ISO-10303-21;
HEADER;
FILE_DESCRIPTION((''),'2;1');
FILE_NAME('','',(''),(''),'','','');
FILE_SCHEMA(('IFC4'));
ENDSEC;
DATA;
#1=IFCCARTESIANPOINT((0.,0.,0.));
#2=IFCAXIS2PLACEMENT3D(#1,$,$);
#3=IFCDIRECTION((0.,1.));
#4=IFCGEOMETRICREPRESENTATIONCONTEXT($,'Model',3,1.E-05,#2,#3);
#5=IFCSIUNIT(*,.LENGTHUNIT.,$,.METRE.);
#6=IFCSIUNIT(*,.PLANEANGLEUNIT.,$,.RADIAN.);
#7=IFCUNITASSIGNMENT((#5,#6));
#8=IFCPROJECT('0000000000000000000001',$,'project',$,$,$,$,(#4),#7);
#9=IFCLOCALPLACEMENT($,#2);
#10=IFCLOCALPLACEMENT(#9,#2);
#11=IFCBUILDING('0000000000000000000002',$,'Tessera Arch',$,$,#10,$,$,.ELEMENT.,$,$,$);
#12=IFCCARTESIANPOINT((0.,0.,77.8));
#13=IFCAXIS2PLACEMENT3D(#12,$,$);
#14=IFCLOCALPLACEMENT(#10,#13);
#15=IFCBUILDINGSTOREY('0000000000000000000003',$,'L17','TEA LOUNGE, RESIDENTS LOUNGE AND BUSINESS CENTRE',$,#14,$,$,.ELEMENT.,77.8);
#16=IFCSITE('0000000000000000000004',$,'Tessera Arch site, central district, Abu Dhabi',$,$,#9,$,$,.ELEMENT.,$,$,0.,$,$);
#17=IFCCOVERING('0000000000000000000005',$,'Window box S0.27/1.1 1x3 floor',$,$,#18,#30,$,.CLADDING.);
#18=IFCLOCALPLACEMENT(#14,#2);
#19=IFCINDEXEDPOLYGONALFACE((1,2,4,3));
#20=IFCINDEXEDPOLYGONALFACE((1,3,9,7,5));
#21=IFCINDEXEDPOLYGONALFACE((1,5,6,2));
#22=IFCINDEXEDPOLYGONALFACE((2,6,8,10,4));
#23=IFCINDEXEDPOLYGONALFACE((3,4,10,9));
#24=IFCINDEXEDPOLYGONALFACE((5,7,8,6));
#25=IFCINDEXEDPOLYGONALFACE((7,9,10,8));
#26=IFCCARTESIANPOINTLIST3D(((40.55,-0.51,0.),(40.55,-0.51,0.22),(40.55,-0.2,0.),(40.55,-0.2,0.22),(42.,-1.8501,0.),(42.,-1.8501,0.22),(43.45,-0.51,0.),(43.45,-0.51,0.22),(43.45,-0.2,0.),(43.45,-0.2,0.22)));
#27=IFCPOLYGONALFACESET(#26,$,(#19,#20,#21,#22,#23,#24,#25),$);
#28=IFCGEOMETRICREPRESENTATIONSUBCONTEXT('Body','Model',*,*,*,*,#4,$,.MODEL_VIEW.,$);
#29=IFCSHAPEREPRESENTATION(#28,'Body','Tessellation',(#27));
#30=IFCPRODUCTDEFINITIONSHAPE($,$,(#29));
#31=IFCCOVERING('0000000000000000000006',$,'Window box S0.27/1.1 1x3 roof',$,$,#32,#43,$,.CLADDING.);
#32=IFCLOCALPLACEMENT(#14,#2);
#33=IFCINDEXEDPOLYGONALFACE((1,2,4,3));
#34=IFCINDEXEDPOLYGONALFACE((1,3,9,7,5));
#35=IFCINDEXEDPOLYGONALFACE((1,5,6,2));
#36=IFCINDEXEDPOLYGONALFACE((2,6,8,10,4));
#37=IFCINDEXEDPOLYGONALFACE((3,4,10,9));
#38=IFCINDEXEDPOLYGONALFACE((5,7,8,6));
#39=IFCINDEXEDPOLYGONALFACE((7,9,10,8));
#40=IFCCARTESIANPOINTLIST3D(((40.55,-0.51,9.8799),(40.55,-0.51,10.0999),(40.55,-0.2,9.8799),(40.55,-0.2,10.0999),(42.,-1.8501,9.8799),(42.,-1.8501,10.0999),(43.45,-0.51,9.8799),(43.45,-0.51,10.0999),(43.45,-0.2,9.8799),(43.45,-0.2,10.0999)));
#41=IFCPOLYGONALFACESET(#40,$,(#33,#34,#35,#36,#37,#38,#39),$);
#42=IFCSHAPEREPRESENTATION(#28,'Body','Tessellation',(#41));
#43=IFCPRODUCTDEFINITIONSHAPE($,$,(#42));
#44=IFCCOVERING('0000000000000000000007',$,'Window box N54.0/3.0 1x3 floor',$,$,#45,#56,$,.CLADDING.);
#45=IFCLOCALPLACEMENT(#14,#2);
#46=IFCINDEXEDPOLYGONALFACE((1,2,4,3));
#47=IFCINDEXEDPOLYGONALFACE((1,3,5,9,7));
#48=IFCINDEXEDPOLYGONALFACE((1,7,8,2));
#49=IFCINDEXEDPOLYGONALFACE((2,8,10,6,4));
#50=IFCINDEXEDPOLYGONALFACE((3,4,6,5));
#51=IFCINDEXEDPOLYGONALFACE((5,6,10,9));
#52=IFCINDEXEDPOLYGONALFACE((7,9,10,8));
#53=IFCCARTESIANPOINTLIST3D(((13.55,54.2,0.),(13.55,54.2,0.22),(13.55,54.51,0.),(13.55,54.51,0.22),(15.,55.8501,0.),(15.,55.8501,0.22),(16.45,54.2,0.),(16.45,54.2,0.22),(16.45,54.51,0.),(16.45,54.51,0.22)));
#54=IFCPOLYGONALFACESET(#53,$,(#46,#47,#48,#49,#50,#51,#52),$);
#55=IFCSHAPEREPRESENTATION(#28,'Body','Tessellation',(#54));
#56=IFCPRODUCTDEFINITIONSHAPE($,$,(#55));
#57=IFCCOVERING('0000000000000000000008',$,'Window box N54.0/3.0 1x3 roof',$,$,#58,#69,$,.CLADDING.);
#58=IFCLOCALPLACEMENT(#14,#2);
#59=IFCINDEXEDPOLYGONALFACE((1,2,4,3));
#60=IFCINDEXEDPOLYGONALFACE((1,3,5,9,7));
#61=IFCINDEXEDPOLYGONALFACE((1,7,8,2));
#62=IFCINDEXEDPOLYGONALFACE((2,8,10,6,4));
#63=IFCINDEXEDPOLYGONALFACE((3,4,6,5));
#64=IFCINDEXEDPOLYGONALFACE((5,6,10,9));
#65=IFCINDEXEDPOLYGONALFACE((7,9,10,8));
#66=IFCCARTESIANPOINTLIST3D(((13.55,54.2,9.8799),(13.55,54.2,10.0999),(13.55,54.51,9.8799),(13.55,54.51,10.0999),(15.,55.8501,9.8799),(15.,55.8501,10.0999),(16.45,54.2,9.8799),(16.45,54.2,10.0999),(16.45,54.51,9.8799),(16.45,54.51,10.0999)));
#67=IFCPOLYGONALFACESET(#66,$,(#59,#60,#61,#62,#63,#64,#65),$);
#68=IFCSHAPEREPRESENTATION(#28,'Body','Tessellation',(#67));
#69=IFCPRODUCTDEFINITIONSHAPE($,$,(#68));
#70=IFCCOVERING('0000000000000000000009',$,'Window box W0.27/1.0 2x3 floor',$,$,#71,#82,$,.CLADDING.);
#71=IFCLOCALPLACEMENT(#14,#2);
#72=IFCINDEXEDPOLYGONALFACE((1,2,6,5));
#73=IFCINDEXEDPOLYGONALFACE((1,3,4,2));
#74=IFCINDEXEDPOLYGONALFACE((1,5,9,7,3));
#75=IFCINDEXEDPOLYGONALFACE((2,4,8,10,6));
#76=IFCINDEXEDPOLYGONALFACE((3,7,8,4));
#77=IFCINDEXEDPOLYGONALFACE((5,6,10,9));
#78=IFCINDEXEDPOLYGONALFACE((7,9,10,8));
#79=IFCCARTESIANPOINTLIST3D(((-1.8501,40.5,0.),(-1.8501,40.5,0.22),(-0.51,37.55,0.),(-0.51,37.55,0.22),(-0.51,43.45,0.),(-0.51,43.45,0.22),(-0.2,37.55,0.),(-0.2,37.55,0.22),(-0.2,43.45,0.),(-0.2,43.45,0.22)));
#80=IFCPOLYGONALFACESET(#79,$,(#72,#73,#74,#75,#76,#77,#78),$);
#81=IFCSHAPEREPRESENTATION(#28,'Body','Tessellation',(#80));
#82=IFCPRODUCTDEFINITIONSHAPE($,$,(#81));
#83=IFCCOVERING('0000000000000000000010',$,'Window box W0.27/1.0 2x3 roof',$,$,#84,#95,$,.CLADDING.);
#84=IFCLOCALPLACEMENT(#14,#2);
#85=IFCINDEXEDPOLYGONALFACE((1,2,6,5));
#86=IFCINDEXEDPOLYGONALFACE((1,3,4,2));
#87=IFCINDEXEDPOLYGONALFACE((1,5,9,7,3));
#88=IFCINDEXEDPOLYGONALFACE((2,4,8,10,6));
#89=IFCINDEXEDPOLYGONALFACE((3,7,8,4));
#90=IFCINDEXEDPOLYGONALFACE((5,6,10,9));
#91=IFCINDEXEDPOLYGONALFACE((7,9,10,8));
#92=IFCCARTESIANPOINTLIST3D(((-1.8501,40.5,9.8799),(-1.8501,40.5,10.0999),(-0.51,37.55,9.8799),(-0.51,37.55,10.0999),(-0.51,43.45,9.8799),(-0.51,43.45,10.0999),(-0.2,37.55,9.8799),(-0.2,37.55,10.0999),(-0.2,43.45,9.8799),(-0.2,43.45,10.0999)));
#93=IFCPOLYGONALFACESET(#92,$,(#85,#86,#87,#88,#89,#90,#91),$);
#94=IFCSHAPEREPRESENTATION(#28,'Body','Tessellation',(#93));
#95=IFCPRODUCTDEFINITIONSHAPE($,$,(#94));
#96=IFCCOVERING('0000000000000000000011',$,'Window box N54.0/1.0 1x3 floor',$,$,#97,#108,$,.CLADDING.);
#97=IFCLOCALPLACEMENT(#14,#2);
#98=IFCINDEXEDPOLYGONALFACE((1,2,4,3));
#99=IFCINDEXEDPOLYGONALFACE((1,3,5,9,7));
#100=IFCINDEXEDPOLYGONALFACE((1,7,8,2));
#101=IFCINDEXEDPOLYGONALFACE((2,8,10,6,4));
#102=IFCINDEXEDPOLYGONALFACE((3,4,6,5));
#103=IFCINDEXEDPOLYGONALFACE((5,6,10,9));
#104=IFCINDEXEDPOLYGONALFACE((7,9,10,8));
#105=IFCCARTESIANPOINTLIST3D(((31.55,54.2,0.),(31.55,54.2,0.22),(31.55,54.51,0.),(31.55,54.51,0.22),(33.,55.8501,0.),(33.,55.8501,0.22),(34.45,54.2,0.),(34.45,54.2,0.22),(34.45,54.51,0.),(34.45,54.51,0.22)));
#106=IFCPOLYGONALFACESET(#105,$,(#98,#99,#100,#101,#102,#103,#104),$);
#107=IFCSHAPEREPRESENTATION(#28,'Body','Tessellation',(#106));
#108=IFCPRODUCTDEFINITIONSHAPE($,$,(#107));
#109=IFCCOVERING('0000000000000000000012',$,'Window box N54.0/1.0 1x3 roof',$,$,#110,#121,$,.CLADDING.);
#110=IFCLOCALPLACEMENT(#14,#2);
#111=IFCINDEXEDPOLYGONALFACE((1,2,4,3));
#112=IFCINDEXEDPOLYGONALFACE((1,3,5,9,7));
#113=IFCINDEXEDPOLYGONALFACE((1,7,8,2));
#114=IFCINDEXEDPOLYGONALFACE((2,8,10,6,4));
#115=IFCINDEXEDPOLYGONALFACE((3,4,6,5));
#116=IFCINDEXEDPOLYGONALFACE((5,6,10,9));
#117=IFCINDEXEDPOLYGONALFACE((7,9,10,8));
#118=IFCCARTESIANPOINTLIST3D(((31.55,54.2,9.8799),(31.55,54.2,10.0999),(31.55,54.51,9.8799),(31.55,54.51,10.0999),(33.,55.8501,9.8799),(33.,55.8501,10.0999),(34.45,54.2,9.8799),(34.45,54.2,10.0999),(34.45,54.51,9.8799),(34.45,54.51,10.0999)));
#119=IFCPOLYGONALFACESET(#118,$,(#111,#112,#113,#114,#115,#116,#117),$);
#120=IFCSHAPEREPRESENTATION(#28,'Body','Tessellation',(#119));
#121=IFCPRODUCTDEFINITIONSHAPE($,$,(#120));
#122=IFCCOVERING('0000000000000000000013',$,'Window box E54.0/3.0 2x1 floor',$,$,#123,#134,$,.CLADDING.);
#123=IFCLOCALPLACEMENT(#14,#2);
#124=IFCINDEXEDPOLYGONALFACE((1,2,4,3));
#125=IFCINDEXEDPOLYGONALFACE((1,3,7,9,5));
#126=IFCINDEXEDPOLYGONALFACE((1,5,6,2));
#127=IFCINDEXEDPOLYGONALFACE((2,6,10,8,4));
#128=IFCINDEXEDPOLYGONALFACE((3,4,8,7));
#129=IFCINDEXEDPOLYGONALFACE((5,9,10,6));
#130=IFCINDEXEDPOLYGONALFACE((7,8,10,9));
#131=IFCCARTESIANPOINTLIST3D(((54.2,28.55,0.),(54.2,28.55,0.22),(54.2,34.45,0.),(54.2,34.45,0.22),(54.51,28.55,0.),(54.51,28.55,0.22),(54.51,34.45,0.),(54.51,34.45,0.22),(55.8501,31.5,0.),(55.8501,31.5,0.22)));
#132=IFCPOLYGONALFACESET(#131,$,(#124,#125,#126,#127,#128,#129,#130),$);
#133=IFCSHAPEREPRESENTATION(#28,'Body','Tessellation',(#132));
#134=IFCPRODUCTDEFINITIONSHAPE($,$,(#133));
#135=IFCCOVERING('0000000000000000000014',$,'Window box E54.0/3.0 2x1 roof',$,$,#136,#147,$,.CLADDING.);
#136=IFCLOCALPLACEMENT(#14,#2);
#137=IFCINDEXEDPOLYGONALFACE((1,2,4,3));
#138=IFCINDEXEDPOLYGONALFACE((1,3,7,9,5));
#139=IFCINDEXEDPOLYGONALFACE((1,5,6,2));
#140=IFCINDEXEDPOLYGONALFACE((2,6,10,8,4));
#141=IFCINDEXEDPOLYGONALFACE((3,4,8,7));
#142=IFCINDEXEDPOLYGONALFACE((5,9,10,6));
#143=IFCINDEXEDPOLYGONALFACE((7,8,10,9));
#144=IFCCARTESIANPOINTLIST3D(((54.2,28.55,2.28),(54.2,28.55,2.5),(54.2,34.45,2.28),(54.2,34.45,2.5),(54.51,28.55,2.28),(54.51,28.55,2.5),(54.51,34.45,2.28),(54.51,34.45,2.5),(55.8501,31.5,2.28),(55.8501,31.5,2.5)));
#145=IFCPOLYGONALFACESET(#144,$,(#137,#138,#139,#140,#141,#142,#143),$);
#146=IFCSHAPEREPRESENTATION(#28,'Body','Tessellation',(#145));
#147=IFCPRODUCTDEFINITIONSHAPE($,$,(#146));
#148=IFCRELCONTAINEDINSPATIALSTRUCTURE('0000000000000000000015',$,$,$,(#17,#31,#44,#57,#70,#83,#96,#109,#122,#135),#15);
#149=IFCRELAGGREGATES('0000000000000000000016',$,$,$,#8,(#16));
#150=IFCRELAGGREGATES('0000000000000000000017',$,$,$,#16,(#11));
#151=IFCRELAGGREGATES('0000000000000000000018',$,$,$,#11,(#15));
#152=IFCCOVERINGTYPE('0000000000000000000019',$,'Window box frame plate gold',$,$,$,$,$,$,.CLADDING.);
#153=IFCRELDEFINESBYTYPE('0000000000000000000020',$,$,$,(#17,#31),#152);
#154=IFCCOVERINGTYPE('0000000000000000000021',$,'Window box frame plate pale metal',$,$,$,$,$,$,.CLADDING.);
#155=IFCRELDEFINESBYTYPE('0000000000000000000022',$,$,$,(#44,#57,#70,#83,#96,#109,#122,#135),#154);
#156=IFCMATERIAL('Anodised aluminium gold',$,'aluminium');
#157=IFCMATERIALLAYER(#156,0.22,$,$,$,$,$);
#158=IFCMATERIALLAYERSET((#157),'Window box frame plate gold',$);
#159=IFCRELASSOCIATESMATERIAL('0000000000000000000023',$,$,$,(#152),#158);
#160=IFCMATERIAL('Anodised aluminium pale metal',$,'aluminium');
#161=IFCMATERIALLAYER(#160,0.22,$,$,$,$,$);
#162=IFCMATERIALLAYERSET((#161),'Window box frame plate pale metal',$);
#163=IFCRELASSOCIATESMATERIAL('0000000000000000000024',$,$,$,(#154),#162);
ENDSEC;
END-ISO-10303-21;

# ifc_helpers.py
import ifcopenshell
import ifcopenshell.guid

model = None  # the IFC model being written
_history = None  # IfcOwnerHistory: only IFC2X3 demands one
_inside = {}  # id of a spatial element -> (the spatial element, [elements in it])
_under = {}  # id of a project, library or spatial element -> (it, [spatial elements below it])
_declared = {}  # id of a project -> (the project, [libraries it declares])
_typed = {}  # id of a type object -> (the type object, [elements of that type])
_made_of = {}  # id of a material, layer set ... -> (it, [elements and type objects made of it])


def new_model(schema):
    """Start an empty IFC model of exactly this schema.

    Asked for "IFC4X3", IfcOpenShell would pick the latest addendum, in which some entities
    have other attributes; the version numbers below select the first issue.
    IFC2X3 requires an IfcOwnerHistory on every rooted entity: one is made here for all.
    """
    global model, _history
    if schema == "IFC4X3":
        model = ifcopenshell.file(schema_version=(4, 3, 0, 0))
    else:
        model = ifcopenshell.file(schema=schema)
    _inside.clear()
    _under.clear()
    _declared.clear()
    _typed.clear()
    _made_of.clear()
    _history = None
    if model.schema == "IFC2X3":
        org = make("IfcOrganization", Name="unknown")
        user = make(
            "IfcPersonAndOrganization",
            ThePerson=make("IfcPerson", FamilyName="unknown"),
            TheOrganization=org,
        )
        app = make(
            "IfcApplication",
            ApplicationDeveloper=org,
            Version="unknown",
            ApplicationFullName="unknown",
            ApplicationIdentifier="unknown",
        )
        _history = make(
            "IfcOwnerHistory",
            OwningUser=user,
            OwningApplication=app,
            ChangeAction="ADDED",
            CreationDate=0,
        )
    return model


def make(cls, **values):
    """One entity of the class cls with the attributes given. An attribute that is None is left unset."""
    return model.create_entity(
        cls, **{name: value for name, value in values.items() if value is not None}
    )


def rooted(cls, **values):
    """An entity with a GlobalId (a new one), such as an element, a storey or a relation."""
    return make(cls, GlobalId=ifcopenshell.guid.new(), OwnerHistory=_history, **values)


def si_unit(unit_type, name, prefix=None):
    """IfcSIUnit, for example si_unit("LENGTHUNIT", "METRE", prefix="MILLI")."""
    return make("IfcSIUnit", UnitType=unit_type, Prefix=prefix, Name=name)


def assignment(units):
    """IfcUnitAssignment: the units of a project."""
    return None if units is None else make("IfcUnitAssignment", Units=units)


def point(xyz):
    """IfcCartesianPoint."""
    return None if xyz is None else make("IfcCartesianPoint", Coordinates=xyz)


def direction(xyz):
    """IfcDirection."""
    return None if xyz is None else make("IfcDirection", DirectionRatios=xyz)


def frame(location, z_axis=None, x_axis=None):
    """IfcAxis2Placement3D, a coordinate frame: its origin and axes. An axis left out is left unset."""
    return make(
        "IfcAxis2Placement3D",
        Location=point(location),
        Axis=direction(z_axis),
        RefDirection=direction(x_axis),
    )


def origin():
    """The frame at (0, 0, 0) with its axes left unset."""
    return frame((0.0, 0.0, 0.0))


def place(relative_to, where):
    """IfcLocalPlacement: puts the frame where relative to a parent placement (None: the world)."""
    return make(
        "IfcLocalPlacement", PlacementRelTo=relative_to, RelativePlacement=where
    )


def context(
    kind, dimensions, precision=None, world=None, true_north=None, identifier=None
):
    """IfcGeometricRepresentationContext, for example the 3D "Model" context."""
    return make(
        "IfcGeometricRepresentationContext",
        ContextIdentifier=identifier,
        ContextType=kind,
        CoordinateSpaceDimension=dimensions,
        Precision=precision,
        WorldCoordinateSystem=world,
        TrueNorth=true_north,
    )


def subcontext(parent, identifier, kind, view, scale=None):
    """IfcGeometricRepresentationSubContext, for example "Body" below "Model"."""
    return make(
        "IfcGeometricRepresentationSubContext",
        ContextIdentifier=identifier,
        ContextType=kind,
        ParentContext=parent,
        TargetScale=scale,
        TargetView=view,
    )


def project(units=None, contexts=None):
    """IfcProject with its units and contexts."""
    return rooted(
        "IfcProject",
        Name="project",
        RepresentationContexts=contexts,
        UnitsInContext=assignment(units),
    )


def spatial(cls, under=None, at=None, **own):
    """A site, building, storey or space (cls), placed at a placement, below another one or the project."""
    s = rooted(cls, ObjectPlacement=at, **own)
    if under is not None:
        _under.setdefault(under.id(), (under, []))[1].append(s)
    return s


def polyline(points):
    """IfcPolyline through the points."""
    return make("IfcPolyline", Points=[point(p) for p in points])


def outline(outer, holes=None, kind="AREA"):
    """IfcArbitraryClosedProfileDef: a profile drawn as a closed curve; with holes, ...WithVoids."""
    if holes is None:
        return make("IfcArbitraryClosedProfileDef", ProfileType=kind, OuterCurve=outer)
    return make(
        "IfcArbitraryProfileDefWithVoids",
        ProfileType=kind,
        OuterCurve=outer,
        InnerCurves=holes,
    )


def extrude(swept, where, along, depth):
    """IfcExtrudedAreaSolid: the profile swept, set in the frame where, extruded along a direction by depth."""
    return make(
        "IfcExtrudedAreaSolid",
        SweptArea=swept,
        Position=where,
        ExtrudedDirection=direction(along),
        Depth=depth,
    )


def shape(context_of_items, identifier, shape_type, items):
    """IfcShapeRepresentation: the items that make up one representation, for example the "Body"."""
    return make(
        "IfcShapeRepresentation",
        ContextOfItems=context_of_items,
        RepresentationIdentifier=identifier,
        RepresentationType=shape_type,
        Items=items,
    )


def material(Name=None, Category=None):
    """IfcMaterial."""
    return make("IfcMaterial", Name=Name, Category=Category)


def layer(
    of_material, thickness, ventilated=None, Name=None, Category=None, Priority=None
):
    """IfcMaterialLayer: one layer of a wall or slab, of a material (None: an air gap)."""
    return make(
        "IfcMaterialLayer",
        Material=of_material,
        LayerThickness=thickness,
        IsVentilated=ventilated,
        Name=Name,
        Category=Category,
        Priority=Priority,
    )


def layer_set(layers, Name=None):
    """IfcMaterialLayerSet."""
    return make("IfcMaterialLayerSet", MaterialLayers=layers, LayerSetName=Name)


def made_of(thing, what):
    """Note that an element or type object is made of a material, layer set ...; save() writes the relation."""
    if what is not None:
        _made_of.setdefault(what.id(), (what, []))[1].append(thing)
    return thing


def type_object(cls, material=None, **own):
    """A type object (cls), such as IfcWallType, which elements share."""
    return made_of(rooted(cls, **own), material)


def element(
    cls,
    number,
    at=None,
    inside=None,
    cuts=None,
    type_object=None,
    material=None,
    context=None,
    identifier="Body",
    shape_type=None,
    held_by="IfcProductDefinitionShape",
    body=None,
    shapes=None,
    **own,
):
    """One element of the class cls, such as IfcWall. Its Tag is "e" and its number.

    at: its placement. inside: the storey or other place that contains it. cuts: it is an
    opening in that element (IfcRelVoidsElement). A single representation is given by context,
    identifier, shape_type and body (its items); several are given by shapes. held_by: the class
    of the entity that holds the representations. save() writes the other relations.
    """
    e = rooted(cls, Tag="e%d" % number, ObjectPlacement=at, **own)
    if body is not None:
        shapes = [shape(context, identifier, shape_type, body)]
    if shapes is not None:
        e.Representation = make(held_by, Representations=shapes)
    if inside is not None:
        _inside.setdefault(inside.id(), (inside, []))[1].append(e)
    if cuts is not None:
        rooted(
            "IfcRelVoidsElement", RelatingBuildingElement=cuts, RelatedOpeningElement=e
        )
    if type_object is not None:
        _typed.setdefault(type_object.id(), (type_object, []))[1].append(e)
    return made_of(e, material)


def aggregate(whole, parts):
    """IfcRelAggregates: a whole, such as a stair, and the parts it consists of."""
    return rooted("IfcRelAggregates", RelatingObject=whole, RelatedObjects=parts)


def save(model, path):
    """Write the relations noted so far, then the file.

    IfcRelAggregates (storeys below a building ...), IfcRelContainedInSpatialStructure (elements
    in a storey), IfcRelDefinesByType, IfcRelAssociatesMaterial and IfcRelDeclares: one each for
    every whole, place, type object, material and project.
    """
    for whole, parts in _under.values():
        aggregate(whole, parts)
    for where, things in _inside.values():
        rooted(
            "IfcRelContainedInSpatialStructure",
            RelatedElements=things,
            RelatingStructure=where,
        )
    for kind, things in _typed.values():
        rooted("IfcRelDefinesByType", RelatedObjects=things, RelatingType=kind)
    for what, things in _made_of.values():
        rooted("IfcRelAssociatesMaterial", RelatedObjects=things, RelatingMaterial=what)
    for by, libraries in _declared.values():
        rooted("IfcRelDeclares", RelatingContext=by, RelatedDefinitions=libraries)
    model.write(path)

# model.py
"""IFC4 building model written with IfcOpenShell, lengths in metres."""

from ifc_helpers import new_model, si_unit, direction, frame, origin, place, context, subcontext, project, spatial, polyline, outline, extrude, material, layer, layer_set, type_object, element, save


model = new_model("IFC4")

# Units and contexts
model_context = context("Model", 3, precision=1e-05, world=origin(), true_north=direction((0.0, 1.0)))
body_context = subcontext(model_context, "Body", "Model", "MODEL_VIEW")
ifc_project = project(units=[si_unit("LENGTHUNIT", "METRE"), si_unit("PLANEANGLEUNIT", "RADIAN")], contexts=[model_context])

# Site, building, storey
site_placement = place(None, origin())
site = spatial("IfcSite", under=ifc_project, at=site_placement, Name="Tessera Arch site, central district, Abu Dhabi", CompositionType="ELEMENT", RefElevation=0.0)
building_placement = place(site_placement, origin())
building = spatial("IfcBuilding", under=site, at=building_placement, Name="Tessera Arch", CompositionType="ELEMENT")
storey_placement = place(building_placement, frame((0.0, 0.0, 77.8)))
storey = spatial("IfcBuildingStorey", under=building, at=storey_placement, Name="L17", Description="TEA LOUNGE, RESIDENTS LOUNGE AND BUSINESS CENTRE", CompositionType="ELEMENT", Elevation=77.8)

# Coverings
ifc_material_1 = material(Name="Anodised aluminium gold", Category="aluminium")
ifc_layer_1 = layer(ifc_material_1, 0.22)
ifc_layer_set_1 = layer_set([ifc_layer_1], Name="Window box frame plate gold")
covering_type_1 = type_object("IfcCoveringType", Name="Window box frame plate gold", PredefinedType="CLADDING", material=ifc_layer_set_1)
for number, where, name in (
    (1, (0.0, 0.0, 0.0), "Window box S0.27/1.1 1x3 floor"),
    (2, (0.0, 0.0, 9.8799), "Window box S0.27/1.1 1x3 roof"),
):
    element("IfcCovering", number, at=place(storey_placement, frame(where)), inside=storey, type_object=covering_type_1, Name=name, PredefinedType="CLADDING", context=body_context, shape_type="SweptSolid", body=[
        extrude(outline(polyline([(40.55, -0.51), (42.0, -1.8501), (43.45, -0.51), (43.45, -0.2), (40.55, -0.2), (40.55, -0.51)])), origin(), (0.0, 0.0, 1.0), 0.22),
    ])
ifc_material_2 = material(Name="Anodised aluminium pale metal", Category="aluminium")
ifc_layer_2 = layer(ifc_material_2, 0.22)
ifc_layer_set_2 = layer_set([ifc_layer_2], Name="Window box frame plate pale metal")
covering_type_2 = type_object("IfcCoveringType", Name="Window box frame plate pale metal", PredefinedType="CLADDING", material=ifc_layer_set_2)
for number, where, name in (
    (3, (0.0, 0.0, 0.0), "Window box N54.0/3.0 1x3 floor"),
    (4, (0.0, 0.0, 9.8799), "Window box N54.0/3.0 1x3 roof"),
):
    element("IfcCovering", number, at=place(storey_placement, frame(where)), inside=storey, type_object=covering_type_2, Name=name, PredefinedType="CLADDING", context=body_context, shape_type="SweptSolid", body=[
        extrude(outline(polyline([(16.45, 54.51), (15.0, 55.8501), (13.55, 54.51), (13.55, 54.2), (16.45, 54.2), (16.45, 54.51)])), origin(), (0.0, 0.0, 1.0), 0.22),
    ])
for number, where, name in (
    (5, (0.0, 0.0, 0.0), "Window box W0.27/1.0 2x3 floor"),
    (6, (0.0, 0.0, 9.8799), "Window box W0.27/1.0 2x3 roof"),
):
    element("IfcCovering", number, at=place(storey_placement, frame(where)), inside=storey, type_object=covering_type_2, Name=name, PredefinedType="CLADDING", context=body_context, shape_type="SweptSolid", body=[
        extrude(outline(polyline([(-0.51, 43.45), (-1.8501, 40.5), (-0.51, 37.55), (-0.2, 37.55), (-0.2, 43.45), (-0.51, 43.45)])), origin(), (0.0, 0.0, 1.0), 0.22),
    ])
for number, where, name in (
    (7, (0.0, 0.0, 0.0), "Window box N54.0/1.0 1x3 floor"),
    (8, (0.0, 0.0, 9.8799), "Window box N54.0/1.0 1x3 roof"),
):
    element("IfcCovering", number, at=place(storey_placement, frame(where)), inside=storey, type_object=covering_type_2, Name=name, PredefinedType="CLADDING", context=body_context, shape_type="SweptSolid", body=[
        extrude(outline(polyline([(34.45, 54.51), (33.0, 55.8501), (31.55, 54.51), (31.55, 54.2), (34.45, 54.2), (34.45, 54.51)])), origin(), (0.0, 0.0, 1.0), 0.22),
    ])
for number, where, name in (
    (9, (0.0, 0.0, 0.0), "Window box E54.0/3.0 2x1 floor"),
    (10, (0.0, 0.0, 2.28), "Window box E54.0/3.0 2x1 roof"),
):
    element("IfcCovering", number, at=place(storey_placement, frame(where)), inside=storey, type_object=covering_type_2, Name=name, PredefinedType="CLADDING", context=body_context, shape_type="SweptSolid", body=[
        extrude(outline(polyline([(54.51, 28.55), (55.8501, 31.5), (54.51, 34.45), (54.2, 34.45), (54.2, 28.55), (54.51, 28.55)])), origin(), (0.0, 0.0, 1.0), 0.22),
    ])

save(model, "model.ifc")
